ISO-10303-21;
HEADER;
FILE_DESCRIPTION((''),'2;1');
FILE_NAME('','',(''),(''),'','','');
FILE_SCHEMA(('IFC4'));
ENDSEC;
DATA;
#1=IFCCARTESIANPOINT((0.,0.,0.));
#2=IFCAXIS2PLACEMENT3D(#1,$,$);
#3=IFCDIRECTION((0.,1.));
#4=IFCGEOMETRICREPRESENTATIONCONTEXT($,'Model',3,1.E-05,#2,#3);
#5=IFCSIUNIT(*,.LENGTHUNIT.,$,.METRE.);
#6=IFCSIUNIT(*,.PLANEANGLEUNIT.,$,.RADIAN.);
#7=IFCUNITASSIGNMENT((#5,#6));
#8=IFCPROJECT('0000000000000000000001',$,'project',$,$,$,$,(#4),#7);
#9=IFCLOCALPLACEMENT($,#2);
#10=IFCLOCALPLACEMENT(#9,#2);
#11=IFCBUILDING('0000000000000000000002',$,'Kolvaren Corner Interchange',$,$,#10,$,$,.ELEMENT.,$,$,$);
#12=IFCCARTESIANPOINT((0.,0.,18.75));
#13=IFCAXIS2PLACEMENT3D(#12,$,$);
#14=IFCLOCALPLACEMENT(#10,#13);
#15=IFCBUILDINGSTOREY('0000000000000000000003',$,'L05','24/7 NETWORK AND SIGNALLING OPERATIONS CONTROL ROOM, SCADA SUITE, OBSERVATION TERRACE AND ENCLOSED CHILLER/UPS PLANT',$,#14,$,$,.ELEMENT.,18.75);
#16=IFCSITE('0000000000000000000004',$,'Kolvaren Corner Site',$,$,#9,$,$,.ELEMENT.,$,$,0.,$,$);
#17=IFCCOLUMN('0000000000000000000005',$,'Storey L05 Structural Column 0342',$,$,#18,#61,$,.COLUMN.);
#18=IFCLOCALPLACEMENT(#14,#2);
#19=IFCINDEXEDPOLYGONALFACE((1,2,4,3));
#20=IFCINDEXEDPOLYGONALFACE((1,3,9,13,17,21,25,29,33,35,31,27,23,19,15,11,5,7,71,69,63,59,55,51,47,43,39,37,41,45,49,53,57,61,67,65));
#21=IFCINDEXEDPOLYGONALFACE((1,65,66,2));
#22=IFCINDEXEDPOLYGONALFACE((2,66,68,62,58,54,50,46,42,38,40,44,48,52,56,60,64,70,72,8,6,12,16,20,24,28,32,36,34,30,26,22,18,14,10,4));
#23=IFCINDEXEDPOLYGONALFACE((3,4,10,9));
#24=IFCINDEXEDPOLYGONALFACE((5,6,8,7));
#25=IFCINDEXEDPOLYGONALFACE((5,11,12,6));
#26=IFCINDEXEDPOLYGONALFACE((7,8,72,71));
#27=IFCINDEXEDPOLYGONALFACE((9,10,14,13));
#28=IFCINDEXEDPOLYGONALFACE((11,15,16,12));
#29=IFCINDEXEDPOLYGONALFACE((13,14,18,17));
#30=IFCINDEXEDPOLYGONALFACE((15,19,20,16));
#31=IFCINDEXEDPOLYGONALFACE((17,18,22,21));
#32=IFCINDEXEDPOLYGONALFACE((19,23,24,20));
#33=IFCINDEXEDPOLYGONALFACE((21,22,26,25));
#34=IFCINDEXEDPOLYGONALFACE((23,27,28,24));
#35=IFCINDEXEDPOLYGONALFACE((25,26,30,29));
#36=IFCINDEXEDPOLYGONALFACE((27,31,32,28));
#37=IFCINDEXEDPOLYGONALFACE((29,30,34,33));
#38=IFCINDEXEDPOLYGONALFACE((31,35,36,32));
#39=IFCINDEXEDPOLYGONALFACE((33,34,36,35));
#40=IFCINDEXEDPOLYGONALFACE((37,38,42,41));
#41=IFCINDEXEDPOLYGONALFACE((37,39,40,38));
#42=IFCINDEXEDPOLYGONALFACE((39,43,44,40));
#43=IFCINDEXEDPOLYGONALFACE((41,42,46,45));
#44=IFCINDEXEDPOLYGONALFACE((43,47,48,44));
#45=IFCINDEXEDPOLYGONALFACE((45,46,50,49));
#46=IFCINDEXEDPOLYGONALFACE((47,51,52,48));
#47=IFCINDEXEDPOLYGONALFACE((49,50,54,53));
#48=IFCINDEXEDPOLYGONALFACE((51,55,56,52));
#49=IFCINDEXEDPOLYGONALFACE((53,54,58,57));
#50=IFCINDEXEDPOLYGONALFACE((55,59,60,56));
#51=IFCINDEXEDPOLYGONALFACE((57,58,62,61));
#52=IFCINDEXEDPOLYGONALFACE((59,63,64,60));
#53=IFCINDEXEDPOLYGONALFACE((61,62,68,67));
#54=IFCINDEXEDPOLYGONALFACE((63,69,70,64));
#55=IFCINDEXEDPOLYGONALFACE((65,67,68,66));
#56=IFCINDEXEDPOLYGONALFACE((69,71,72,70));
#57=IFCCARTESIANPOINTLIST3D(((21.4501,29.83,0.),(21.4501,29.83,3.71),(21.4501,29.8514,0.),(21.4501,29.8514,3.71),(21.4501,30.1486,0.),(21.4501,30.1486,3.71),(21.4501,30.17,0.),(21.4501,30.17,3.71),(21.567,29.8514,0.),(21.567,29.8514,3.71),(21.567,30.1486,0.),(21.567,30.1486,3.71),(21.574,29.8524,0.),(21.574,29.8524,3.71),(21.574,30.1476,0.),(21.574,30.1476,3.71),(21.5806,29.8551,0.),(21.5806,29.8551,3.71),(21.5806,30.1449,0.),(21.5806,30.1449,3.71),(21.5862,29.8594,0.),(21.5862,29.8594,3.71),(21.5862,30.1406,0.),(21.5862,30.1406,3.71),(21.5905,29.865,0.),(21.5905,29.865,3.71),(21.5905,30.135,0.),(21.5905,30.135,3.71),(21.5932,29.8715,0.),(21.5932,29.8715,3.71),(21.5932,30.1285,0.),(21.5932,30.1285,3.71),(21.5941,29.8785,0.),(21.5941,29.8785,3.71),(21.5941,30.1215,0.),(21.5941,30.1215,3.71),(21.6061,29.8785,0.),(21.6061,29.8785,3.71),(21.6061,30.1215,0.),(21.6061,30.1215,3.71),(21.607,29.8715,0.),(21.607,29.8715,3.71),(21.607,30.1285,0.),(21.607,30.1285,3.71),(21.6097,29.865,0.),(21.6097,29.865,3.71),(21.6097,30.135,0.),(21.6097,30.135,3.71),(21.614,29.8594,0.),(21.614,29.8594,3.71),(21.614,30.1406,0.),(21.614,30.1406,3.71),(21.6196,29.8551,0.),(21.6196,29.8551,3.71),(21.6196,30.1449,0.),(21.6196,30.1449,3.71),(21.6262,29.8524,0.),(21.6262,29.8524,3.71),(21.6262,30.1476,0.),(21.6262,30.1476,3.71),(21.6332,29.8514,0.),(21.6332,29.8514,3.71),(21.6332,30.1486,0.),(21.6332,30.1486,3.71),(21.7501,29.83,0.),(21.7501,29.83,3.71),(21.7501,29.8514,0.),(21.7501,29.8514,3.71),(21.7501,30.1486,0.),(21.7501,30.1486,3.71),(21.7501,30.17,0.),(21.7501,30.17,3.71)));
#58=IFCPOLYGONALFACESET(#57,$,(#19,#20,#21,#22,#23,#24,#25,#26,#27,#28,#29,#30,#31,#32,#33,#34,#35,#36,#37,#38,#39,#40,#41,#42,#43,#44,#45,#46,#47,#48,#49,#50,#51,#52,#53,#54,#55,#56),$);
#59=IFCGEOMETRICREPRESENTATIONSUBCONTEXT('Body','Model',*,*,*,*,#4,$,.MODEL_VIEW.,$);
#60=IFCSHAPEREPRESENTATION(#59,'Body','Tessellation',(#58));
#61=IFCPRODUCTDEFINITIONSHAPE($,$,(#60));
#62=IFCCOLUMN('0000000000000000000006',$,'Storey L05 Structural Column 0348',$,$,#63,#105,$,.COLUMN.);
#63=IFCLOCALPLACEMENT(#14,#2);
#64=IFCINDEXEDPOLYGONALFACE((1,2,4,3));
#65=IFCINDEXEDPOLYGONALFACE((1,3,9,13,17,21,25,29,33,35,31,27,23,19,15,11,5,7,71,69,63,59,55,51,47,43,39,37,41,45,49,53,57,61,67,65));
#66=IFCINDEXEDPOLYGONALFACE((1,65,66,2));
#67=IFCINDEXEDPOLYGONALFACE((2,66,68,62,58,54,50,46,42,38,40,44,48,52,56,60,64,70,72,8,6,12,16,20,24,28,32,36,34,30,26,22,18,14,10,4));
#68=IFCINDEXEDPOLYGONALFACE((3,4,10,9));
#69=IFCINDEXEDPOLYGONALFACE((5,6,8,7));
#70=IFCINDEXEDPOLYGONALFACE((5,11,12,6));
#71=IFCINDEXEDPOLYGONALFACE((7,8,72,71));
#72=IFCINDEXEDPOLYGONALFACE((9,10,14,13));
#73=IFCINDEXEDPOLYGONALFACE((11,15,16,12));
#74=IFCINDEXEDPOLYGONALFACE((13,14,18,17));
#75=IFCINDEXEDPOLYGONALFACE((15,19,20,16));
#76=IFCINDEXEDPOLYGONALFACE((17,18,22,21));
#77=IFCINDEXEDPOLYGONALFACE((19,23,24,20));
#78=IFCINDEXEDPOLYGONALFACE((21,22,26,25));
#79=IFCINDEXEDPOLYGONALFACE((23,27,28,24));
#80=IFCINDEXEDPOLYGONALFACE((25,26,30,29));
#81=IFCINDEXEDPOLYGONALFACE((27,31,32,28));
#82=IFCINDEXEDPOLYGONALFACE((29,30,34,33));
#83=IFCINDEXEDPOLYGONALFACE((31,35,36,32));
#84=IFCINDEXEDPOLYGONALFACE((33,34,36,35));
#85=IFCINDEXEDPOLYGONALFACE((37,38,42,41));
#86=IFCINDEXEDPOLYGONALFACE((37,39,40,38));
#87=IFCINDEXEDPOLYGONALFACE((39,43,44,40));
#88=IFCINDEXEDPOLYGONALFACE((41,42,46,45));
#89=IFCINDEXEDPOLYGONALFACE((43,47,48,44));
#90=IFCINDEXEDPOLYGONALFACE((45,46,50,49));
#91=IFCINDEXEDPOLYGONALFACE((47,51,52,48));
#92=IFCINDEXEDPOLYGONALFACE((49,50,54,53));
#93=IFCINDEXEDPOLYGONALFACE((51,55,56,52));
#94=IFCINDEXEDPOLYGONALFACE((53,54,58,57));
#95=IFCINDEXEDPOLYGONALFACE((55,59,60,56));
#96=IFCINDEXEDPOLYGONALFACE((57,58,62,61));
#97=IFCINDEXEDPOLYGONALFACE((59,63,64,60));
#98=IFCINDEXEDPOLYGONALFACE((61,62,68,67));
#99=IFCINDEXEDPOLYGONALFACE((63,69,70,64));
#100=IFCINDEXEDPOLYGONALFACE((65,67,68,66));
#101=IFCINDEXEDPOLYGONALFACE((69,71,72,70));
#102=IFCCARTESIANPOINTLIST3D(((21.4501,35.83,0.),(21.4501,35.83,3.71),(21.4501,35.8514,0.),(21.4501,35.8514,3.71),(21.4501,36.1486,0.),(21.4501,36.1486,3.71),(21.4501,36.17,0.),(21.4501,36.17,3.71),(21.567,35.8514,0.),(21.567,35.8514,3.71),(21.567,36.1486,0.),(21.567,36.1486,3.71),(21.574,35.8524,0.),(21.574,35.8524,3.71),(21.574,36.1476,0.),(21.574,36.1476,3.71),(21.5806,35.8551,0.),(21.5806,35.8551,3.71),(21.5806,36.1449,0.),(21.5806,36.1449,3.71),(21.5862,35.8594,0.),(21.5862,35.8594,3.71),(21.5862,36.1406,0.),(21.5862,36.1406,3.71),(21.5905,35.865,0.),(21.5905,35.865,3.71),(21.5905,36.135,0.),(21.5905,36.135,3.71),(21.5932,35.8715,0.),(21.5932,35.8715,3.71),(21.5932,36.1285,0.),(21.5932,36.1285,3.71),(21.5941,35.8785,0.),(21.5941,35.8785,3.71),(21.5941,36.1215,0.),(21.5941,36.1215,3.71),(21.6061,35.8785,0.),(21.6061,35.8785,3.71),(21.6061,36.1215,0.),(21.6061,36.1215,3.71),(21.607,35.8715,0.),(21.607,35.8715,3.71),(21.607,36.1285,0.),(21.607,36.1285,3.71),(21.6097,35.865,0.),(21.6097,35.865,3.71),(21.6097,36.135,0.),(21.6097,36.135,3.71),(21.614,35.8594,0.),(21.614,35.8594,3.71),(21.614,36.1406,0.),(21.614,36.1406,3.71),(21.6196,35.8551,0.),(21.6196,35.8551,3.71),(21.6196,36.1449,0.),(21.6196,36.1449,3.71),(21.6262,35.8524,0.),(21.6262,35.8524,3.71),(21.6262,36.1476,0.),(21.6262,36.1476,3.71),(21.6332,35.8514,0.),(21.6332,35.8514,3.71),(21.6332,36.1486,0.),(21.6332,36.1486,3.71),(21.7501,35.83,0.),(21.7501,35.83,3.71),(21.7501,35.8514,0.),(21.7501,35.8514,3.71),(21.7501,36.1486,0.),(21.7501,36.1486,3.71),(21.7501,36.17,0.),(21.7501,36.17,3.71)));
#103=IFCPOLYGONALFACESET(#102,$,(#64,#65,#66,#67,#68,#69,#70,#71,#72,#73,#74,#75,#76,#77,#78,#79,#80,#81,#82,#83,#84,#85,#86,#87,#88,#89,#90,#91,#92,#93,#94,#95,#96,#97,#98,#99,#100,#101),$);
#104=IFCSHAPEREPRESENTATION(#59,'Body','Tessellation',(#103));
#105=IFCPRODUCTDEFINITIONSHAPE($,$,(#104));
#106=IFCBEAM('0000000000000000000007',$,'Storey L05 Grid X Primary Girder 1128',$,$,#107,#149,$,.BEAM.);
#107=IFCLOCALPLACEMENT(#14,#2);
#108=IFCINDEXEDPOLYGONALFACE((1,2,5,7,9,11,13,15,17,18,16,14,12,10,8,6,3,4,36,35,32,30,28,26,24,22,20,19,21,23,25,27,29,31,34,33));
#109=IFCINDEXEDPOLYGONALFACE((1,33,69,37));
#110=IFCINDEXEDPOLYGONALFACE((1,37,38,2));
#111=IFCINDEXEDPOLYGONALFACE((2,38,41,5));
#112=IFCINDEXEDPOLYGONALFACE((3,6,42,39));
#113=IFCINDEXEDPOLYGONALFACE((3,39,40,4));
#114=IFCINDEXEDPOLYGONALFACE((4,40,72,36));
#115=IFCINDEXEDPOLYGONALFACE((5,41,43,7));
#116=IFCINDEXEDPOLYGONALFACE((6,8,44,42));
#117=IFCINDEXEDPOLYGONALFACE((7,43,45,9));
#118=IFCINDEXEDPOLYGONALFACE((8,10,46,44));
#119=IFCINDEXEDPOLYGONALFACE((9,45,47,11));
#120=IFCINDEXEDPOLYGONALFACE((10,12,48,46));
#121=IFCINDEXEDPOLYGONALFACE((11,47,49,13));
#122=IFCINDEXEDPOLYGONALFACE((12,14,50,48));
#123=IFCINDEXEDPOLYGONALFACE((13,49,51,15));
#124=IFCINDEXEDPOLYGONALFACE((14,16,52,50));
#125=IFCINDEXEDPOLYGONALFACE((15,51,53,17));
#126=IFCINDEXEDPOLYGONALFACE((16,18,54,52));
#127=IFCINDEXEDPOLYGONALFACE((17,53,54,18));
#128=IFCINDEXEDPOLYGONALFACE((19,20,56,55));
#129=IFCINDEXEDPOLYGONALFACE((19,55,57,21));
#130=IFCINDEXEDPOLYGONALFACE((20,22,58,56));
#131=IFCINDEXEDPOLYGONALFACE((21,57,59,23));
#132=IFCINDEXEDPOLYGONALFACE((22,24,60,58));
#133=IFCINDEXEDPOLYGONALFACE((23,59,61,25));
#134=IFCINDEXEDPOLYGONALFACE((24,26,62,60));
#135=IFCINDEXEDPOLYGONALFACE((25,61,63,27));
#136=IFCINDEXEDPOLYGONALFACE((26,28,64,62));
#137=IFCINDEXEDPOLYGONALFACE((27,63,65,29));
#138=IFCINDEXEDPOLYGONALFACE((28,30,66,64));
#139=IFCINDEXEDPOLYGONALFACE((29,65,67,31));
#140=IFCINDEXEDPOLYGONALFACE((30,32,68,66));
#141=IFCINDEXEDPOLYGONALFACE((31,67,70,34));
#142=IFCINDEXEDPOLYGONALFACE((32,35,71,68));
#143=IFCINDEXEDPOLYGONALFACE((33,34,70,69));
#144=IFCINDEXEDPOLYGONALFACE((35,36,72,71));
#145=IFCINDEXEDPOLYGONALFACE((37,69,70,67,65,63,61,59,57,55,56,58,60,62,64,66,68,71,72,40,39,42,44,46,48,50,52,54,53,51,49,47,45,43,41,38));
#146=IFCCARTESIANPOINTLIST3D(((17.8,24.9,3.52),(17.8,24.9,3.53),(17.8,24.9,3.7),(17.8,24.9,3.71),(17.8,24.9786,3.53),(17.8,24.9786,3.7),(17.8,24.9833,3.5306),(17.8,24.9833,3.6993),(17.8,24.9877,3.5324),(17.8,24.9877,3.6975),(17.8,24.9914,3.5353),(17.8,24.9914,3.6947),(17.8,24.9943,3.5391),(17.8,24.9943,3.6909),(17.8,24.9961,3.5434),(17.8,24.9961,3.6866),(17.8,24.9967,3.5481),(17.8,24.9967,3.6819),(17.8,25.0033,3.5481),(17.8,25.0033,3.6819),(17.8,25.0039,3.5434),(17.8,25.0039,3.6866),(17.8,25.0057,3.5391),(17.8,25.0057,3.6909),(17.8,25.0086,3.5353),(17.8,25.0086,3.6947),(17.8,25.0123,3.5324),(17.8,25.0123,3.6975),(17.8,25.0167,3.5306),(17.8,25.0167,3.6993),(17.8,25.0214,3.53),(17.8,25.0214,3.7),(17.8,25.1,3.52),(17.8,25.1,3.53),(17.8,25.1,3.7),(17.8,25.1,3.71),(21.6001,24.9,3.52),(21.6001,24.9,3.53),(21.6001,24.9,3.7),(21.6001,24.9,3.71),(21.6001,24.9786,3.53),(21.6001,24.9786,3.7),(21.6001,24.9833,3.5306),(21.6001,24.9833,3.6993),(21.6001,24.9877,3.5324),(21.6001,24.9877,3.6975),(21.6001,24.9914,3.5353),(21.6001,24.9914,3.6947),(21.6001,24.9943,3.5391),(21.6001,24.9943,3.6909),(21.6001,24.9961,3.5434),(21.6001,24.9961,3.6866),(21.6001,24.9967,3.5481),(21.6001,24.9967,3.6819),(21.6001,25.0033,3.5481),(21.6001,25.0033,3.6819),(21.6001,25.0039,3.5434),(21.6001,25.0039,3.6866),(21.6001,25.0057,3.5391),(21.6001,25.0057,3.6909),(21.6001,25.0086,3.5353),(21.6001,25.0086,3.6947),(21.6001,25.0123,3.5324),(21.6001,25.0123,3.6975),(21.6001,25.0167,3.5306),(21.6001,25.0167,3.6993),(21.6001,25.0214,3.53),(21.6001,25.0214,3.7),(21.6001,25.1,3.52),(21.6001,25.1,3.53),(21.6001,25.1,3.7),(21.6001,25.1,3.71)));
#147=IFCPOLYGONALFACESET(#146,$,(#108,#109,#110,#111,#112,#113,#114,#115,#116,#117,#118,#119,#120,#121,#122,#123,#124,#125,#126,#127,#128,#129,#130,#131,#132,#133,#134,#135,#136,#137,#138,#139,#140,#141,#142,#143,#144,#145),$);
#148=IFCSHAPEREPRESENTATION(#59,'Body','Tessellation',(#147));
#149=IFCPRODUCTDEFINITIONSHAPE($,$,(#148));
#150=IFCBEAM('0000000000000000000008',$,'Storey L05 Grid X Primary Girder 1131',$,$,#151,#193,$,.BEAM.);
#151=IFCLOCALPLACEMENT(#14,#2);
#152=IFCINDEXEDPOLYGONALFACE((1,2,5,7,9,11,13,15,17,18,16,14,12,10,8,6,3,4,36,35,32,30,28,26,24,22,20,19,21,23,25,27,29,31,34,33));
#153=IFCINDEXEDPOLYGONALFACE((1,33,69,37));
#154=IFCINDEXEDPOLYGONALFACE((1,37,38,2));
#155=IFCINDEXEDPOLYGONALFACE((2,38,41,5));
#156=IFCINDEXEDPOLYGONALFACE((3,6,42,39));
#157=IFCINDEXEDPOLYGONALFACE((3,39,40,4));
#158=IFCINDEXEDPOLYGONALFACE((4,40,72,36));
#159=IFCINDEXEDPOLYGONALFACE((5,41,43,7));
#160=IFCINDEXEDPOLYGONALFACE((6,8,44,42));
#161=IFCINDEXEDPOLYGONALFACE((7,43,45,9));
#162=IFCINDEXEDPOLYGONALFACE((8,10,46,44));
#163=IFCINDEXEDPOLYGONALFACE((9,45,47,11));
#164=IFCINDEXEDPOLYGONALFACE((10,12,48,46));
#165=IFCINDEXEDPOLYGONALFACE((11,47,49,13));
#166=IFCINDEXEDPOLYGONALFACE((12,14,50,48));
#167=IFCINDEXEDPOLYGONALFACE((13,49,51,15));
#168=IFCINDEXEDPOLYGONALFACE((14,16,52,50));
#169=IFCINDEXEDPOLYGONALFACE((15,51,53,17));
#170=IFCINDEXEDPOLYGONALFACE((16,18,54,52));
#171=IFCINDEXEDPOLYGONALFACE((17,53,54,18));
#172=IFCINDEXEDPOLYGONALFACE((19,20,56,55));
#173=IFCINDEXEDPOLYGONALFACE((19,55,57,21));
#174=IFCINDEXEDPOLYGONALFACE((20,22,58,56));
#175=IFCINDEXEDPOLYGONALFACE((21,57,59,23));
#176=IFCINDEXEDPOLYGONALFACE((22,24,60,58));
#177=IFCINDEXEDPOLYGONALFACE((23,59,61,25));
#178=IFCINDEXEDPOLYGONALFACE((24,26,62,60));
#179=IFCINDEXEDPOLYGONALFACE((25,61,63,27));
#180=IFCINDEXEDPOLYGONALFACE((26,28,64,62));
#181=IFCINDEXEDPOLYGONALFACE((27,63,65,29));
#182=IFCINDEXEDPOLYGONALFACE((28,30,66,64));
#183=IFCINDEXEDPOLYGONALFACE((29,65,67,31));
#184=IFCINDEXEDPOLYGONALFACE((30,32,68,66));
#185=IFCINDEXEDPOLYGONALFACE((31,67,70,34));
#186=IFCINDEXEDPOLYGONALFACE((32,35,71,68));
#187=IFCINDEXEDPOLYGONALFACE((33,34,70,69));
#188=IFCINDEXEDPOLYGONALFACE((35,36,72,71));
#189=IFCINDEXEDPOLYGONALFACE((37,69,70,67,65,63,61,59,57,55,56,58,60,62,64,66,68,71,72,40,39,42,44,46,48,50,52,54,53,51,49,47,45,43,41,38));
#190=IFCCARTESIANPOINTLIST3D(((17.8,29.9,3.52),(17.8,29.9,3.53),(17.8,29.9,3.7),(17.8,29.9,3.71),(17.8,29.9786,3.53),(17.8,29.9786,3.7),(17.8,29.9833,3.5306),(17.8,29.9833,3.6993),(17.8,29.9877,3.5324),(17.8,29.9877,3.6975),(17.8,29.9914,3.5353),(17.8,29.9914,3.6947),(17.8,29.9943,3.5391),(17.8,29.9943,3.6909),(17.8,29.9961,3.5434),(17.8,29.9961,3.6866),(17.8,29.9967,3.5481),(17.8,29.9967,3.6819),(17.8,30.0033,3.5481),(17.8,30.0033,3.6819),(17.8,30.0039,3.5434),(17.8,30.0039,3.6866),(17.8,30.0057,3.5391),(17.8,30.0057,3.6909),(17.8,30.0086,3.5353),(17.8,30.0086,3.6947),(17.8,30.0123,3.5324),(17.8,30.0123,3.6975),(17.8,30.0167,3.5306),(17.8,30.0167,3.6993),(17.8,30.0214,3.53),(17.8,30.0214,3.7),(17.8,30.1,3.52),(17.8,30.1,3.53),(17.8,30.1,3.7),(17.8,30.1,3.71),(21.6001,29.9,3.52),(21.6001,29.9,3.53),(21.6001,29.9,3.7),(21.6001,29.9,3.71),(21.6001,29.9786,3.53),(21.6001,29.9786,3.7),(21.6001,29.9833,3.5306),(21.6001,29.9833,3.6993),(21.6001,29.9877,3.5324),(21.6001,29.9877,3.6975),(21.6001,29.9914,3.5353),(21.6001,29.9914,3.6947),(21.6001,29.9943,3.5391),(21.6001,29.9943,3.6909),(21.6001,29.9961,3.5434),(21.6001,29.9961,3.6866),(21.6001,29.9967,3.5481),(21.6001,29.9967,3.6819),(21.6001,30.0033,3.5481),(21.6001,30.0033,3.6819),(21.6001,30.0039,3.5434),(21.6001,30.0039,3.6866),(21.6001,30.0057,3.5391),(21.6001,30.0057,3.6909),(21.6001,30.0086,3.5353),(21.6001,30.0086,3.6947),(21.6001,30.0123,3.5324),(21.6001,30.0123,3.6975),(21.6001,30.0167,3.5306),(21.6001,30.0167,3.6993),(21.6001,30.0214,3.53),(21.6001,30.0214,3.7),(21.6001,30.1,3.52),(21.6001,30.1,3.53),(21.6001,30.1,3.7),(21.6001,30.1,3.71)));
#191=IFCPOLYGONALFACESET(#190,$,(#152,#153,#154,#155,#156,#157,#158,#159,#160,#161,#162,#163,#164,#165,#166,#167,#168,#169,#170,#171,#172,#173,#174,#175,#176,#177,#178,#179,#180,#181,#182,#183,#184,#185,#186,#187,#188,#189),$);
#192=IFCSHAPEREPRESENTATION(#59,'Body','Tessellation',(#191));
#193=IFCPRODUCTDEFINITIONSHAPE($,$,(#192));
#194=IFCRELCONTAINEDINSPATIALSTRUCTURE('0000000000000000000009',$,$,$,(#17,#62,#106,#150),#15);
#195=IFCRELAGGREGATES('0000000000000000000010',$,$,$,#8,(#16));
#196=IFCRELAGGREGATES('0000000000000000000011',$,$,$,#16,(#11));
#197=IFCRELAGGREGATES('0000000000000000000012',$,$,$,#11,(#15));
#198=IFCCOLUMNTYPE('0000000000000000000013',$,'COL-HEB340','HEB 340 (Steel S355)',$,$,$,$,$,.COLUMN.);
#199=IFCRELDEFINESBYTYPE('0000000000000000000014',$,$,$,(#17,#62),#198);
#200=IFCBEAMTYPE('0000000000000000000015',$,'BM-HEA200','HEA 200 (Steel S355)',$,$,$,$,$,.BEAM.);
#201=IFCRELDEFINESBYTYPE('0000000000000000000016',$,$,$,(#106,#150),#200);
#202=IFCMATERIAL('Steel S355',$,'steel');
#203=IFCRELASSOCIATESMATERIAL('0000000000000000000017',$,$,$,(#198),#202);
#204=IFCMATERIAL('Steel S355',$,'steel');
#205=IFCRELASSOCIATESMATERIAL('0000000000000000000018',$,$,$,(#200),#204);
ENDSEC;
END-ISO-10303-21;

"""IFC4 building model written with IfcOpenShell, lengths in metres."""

from ifc_helpers import new_model, si_unit, direction, frame, origin, origin_2d, place, context, subcontext, project, spatial, i_section, extrude, material, material_profile, profile_set, type_object, element, save


model = new_model("IFC4")

# Units and contexts
model_context = context("Model", 3, precision=1e-05, world=origin(), true_north=direction((0.0, 1.0)))
body_context = subcontext(model_context, "Body", "Model", "MODEL_VIEW")
ifc_project = project(units=[si_unit("LENGTHUNIT", "METRE"), si_unit("PLANEANGLEUNIT", "RADIAN")], contexts=[model_context])

# Site, building, storey
site_placement = place(None, origin())
site = spatial("IfcSite", under=ifc_project, at=site_placement, Name="Kolvaren Corner Site", CompositionType="ELEMENT", RefElevation=0.0)
building_placement = place(site_placement, origin())
building = spatial("IfcBuilding", under=site, at=building_placement, Name="Kolvaren Corner Interchange", CompositionType="ELEMENT")
storey_placement = place(building_placement, frame((0.0, 0.0, 18.75)))
storey = spatial("IfcBuildingStorey", under=building, at=storey_placement, Name="L05", Description="24/7 NETWORK AND SIGNALLING OPERATIONS CONTROL ROOM, SCADA SUITE, OBSERVATION TERRACE AND ENCLOSED CHILLER/UPS PLANT", CompositionType="ELEMENT", Elevation=18.75)

# Columns
ifc_material_1 = material(Name="Steel S355", Category="steel")
ifc_material_profile_1 = material_profile(ifc_material_1, i_section(OverallWidth=0.3, OverallDepth=0.3401, WebThickness=0.012, FlangeThickness=0.0215, FilletRadius=0.0271, at=origin_2d()), Name="HEB 340")
ifc_profile_set_1 = profile_set([ifc_material_profile_1], Name="Steel S355")
column_type = type_object("IfcColumnType", Name="COL-HEB340", Description="HEB 340 (Steel S355)", PredefinedType="COLUMN", material=ifc_profile_set_1)
for number, where, z_axis, x_axis, name in (
    (1, (21.6001, 30.0, 0.0), (0.0, 0.0, 1.0), (1.0, 0.0, 0.0), "Storey L05 Structural Column 0342"),
    (2, (21.6001, 36.0, 0.0), (0.0, 0.0, 1.0), (1.0, 0.0, 0.0), "Storey L05 Structural Column 0348"),
):
    element("IfcColumn", number, at=place(storey_placement, frame(where, z_axis=z_axis, x_axis=x_axis)), inside=storey, type_object=column_type, Name=name, PredefinedType="COLUMN", context=body_context, shape_type="SweptSolid", body=[
        extrude(i_section(OverallWidth=0.3, OverallDepth=0.3401, WebThickness=0.012, FlangeThickness=0.0215, FilletRadius=0.0271, at=origin_2d()), origin(), (0.0, 0.0, 1.0), 3.71),
    ])

# Beams
ifc_material_2 = material(Name="Steel S355", Category="steel")
ifc_material_profile_2 = material_profile(ifc_material_2, i_section(OverallWidth=0.2, OverallDepth=0.1899, WebThickness=0.0066, FlangeThickness=0.01, FilletRadius=0.0181, at=origin_2d()), Name="HEA 200")
ifc_profile_set_2 = profile_set([ifc_material_profile_2], Name="Steel S355")
beam_type_1 = type_object("IfcBeamType", Name="BM-HEA200", Description="HEA 200 (Steel S355)", PredefinedType="BEAM", material=ifc_profile_set_2)
for number, where, z_axis, x_axis, name in (
    (3, (17.8, 25.0, 3.615), (1.0, 0.0, 0.0), (0.0, 1.0, 0.0), "Storey L05 Grid X Primary Girder 1128"),
    (4, (17.8, 30.0, 3.615), (1.0, 0.0, 0.0), (0.0, 1.0, 0.0), "Storey L05 Grid X Primary Girder 1131"),
):
    element("IfcBeam", number, at=place(storey_placement, frame(where, z_axis=z_axis, x_axis=x_axis)), inside=storey, type_object=beam_type_1, Name=name, PredefinedType="BEAM", context=body_context, shape_type="SweptSolid", body=[
        extrude(i_section(OverallWidth=0.2, OverallDepth=0.1899, WebThickness=0.0066, FlangeThickness=0.01, FilletRadius=0.0181, at=origin_2d()), origin(), (0.0, 0.0, 1.0), 3.8),
    ])

save(model, "model.ifc")
